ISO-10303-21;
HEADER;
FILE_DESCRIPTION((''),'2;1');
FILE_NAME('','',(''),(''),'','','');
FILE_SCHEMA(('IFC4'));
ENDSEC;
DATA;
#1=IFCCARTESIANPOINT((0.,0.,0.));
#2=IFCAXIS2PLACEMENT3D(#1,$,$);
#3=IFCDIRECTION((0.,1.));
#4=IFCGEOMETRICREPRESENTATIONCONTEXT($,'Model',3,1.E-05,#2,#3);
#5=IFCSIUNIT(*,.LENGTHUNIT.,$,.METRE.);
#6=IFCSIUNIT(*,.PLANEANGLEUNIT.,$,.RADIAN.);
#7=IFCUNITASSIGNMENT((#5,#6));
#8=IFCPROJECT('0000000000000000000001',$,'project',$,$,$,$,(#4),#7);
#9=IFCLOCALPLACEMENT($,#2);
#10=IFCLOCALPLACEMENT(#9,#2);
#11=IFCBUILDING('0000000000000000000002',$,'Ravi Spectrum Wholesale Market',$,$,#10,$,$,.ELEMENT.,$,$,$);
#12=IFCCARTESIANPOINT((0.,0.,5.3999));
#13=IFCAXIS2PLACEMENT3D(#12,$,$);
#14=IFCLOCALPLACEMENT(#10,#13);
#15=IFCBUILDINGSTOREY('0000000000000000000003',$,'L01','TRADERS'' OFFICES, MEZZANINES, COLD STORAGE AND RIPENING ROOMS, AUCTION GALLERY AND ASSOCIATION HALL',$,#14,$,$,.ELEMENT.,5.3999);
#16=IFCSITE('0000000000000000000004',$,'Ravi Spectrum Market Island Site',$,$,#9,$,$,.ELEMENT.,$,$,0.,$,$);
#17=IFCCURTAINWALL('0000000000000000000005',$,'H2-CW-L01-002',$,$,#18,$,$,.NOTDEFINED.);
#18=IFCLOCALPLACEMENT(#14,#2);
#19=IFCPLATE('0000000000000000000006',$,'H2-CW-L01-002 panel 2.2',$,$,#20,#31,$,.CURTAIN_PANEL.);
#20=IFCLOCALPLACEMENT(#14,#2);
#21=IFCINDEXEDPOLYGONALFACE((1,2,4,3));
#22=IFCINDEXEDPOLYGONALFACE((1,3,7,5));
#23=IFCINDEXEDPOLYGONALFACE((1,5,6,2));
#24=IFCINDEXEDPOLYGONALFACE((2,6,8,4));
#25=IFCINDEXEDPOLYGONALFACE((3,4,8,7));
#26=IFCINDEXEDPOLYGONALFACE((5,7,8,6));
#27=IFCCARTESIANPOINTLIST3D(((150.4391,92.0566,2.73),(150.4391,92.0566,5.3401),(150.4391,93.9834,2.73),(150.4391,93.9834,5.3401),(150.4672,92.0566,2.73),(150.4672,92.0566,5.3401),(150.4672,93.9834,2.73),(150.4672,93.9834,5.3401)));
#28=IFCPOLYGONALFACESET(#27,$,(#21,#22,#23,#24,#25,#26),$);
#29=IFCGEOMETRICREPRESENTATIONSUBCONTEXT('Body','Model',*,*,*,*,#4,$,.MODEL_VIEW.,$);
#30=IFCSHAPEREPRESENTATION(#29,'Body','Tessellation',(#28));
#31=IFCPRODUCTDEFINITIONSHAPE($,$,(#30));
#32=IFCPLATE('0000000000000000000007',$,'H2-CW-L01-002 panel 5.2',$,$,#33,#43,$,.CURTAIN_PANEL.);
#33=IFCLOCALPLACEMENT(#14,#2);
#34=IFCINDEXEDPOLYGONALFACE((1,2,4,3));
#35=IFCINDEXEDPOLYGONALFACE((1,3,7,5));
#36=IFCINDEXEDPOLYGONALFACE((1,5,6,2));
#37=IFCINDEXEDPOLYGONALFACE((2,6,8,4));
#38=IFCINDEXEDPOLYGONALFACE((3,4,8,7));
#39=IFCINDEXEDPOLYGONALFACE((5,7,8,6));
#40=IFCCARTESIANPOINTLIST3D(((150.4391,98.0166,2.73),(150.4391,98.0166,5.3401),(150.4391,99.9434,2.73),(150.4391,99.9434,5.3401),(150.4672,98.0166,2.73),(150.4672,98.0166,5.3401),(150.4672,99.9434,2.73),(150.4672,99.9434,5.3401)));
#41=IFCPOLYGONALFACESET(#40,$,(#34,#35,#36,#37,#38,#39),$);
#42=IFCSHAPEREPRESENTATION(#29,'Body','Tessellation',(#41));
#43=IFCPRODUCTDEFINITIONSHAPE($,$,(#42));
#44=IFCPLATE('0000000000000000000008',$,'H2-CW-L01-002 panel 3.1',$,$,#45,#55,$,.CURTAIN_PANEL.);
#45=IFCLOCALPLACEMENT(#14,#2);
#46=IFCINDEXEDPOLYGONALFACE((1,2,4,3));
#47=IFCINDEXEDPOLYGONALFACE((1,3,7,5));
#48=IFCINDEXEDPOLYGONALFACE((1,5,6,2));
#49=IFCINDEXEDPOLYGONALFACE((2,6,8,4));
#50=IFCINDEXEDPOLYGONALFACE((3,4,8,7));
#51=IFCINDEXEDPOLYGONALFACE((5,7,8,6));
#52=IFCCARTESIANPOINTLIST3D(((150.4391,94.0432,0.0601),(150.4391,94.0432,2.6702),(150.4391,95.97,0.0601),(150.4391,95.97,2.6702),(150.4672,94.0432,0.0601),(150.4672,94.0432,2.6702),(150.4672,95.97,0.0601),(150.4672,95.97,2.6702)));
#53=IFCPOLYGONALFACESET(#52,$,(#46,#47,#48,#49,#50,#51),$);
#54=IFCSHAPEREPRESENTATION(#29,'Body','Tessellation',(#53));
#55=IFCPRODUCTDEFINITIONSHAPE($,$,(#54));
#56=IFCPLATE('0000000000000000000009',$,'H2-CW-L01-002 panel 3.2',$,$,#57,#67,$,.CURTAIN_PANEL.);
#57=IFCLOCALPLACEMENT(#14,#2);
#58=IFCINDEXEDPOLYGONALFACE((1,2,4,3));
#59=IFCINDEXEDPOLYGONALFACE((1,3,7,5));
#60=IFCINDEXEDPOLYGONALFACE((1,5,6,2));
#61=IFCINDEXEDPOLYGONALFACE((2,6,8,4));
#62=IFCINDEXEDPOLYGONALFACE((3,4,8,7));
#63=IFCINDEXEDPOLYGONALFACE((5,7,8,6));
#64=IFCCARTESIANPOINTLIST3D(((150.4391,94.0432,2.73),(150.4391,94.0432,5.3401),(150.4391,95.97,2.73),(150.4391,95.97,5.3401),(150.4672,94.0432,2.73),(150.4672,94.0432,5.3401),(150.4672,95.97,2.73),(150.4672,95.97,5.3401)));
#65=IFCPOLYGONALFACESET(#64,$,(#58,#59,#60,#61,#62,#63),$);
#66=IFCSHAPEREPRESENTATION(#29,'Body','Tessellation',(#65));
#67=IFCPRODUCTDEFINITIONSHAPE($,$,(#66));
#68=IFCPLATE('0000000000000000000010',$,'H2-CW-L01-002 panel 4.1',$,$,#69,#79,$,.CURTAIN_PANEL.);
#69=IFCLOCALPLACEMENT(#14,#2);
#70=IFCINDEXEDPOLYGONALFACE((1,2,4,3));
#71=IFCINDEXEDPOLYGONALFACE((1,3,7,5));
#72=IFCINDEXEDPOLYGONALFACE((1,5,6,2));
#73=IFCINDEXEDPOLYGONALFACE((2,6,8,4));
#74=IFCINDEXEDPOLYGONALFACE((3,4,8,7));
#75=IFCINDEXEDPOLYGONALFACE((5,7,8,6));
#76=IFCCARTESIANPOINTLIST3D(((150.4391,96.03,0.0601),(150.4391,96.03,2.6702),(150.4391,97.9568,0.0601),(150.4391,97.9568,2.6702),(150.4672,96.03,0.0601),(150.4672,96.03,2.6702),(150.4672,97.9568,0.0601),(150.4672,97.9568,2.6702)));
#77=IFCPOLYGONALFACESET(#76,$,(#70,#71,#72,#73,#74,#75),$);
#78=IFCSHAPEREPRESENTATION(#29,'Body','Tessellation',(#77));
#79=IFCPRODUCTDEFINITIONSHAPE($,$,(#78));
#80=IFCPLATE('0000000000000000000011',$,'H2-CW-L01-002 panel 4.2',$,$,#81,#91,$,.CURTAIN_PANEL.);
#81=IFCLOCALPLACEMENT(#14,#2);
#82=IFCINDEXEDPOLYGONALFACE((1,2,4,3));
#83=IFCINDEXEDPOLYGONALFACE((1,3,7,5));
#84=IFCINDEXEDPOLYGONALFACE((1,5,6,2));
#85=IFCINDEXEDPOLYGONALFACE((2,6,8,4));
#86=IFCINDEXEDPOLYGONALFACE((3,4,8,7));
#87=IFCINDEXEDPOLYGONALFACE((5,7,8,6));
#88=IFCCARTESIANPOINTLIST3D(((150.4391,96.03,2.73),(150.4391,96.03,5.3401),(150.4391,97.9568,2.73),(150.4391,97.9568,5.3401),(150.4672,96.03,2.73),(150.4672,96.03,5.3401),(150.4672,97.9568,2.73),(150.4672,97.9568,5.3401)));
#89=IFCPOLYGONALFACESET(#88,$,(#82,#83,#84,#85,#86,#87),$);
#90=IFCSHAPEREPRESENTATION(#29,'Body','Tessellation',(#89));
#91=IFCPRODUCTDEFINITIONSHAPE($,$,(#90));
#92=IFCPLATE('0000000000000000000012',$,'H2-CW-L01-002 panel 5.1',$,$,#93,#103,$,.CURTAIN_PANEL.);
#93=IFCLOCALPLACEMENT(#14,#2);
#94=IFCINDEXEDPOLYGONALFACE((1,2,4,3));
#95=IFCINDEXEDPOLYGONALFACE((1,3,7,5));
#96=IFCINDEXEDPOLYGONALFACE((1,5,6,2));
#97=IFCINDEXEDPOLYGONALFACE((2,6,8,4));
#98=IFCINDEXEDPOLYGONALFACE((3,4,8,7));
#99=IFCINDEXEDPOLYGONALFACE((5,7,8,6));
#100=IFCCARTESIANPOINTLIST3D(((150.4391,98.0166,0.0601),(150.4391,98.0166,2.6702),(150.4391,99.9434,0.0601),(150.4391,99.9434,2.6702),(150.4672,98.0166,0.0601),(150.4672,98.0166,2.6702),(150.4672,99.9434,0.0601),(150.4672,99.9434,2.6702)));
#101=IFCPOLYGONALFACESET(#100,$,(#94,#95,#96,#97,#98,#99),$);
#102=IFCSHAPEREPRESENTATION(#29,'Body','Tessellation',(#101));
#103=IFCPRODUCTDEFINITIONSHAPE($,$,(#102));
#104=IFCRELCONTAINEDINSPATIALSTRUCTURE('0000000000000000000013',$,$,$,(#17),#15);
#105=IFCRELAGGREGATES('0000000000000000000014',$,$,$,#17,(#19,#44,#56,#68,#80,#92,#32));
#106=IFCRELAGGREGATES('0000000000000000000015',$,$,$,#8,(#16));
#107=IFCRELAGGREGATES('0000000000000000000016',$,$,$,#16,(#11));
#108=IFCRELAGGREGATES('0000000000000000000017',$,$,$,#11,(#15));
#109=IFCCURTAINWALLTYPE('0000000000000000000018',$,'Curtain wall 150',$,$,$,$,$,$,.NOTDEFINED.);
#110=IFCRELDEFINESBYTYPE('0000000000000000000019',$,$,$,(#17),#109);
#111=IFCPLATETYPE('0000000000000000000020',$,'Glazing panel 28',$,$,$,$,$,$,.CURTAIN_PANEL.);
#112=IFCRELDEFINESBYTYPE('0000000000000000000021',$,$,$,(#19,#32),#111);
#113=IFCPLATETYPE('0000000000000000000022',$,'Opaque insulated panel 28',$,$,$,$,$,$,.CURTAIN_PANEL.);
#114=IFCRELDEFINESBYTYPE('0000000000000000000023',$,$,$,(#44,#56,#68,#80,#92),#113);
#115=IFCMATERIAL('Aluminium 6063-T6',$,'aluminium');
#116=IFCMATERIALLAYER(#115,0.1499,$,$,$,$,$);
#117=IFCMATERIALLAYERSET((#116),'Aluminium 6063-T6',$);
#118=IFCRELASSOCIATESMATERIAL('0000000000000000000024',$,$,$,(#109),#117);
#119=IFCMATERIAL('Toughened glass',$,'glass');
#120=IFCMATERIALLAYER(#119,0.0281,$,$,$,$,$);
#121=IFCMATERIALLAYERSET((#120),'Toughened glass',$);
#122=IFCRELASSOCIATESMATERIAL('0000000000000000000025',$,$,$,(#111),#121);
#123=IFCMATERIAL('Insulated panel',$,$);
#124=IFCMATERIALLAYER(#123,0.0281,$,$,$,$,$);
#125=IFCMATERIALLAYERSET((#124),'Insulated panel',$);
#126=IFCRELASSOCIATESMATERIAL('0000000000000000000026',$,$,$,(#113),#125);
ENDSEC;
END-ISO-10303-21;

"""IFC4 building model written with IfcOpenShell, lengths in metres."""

from ifc_helpers import new_model, si_unit, direction, frame, origin, origin_2d, place, context, subcontext, project, spatial, rectangle, extrude, material, layer, layer_set, type_object, element, aggregate, save


model = new_model("IFC4")

# Units and contexts
model_context = context("Model", 3, precision=1e-05, world=origin(), true_north=direction((0.0, 1.0)))
body_context = subcontext(model_context, "Body", "Model", "MODEL_VIEW")
ifc_project = project(units=[si_unit("LENGTHUNIT", "METRE"), si_unit("PLANEANGLEUNIT", "RADIAN")], contexts=[model_context])

# Site, building, storey
site_placement = place(None, origin())
site = spatial("IfcSite", under=ifc_project, at=site_placement, Name="Ravi Spectrum Market Island Site", CompositionType="ELEMENT", RefElevation=0.0)
building_placement = place(site_placement, origin())
building = spatial("IfcBuilding", under=site, at=building_placement, Name="Ravi Spectrum Wholesale Market", CompositionType="ELEMENT")
storey_placement = place(building_placement, frame((0.0, 0.0, 5.3999)))
storey = spatial("IfcBuildingStorey", under=building, at=storey_placement, Name="L01", Description="TRADERS' OFFICES, MEZZANINES, COLD STORAGE AND RIPENING ROOMS, AUCTION GALLERY AND ASSOCIATION HALL", CompositionType="ELEMENT", Elevation=5.3999)

# Curtain wall, plates
ifc_material_1 = material(Name="Aluminium 6063-T6", Category="aluminium")
ifc_layer_1 = layer(ifc_material_1, 0.1499)
ifc_layer_set_1 = layer_set([ifc_layer_1], Name="Aluminium 6063-T6")
curtain_wall_type = type_object("IfcCurtainWallType", Name="Curtain wall 150", PredefinedType="NOTDEFINED", material=ifc_layer_set_1)
curtain_wall_placement = place(storey_placement, origin())
curtain_wall = element("IfcCurtainWall", 1, at=curtain_wall_placement, inside=storey, type_object=curtain_wall_type, Name="H2-CW-L01-002", PredefinedType="NOTDEFINED")
ifc_material_2 = material(Name="Toughened glass", Category="glass")
ifc_layer_2 = layer(ifc_material_2, 0.0281)
ifc_layer_set_2 = layer_set([ifc_layer_2], Name="Toughened glass")
plate_type_1 = type_object("IfcPlateType", Name="Glazing panel 28", PredefinedType="CURTAIN_PANEL", material=ifc_layer_set_2)
plate_1_placement = place(storey_placement, frame((150.4531, 93.02, 2.73), z_axis=(0.0, 0.0, 1.0), x_axis=(0.0, 1.0, 0.0)))
plate_1 = element("IfcPlate", 2, at=plate_1_placement, type_object=plate_type_1, Name="H2-CW-L01-002 panel 2.2", PredefinedType="CURTAIN_PANEL", context=body_context, shape_type="SweptSolid", body=[
    extrude(rectangle(XDim=1.9268, YDim=0.0281, at=origin_2d()), origin(), (0.0, 0.0, 1.0), 2.6101),
])
plate_2_placement = place(storey_placement, frame((150.4531, 98.98, 2.73), z_axis=(0.0, 0.0, 1.0), x_axis=(0.0, 1.0, 0.0)))
plate_2 = element("IfcPlate", 3, at=plate_2_placement, type_object=plate_type_1, Name="H2-CW-L01-002 panel 5.2", PredefinedType="CURTAIN_PANEL", context=body_context, shape_type="SweptSolid", body=[
    extrude(rectangle(XDim=1.9268, YDim=0.0281, at=origin_2d()), origin(), (0.0, 0.0, 1.0), 2.6101),
])
ifc_material_3 = material(Name="Insulated panel")
ifc_layer_3 = layer(ifc_material_3, 0.0281)
ifc_layer_set_3 = layer_set([ifc_layer_3], Name="Insulated panel")
plate_type_2 = type_object("IfcPlateType", Name="Opaque insulated panel 28", PredefinedType="CURTAIN_PANEL", material=ifc_layer_set_3)
plate_3_placement = place(storey_placement, frame((150.4531, 95.0066, 0.0601), z_axis=(0.0, 0.0, 1.0), x_axis=(0.0, 1.0, 0.0)))
plate_3 = element("IfcPlate", 4, at=plate_3_placement, type_object=plate_type_2, Name="H2-CW-L01-002 panel 3.1", PredefinedType="CURTAIN_PANEL", context=body_context, shape_type="SweptSolid", body=[
    extrude(rectangle(XDim=1.9268, YDim=0.0281, at=origin_2d()), origin(), (0.0, 0.0, 1.0), 2.6101),
])
plate_4_placement = place(storey_placement, frame((150.4531, 95.0066, 2.73), z_axis=(0.0, 0.0, 1.0), x_axis=(0.0, 1.0, 0.0)))
plate_4 = element("IfcPlate", 5, at=plate_4_placement, type_object=plate_type_2, Name="H2-CW-L01-002 panel 3.2", PredefinedType="CURTAIN_PANEL", context=body_context, shape_type="SweptSolid", body=[
    extrude(rectangle(XDim=1.9268, YDim=0.0281, at=origin_2d()), origin(), (0.0, 0.0, 1.0), 2.6101),
])
plate_5_placement = place(storey_placement, frame((150.4531, 96.9934, 0.0601), z_axis=(0.0, 0.0, 1.0), x_axis=(0.0, 1.0, 0.0)))
plate_5 = element("IfcPlate", 6, at=plate_5_placement, type_object=plate_type_2, Name="H2-CW-L01-002 panel 4.1", PredefinedType="CURTAIN_PANEL", context=body_context, shape_type="SweptSolid", body=[
    extrude(rectangle(XDim=1.9268, YDim=0.0281, at=origin_2d()), origin(), (0.0, 0.0, 1.0), 2.6101),
])
plate_6_placement = place(storey_placement, frame((150.4531, 96.9934, 2.73), z_axis=(0.0, 0.0, 1.0), x_axis=(0.0, 1.0, 0.0)))
plate_6 = element("IfcPlate", 7, at=plate_6_placement, type_object=plate_type_2, Name="H2-CW-L01-002 panel 4.2", PredefinedType="CURTAIN_PANEL", context=body_context, shape_type="SweptSolid", body=[
    extrude(rectangle(XDim=1.9268, YDim=0.0281, at=origin_2d()), origin(), (0.0, 0.0, 1.0), 2.6101),
])
plate_7_placement = place(storey_placement, frame((150.4531, 98.98, 0.0601), z_axis=(0.0, 0.0, 1.0), x_axis=(0.0, 1.0, 0.0)))
plate_7 = element("IfcPlate", 8, at=plate_7_placement, type_object=plate_type_2, Name="H2-CW-L01-002 panel 5.1", PredefinedType="CURTAIN_PANEL", context=body_context, shape_type="SweptSolid", body=[
    extrude(rectangle(XDim=1.9268, YDim=0.0281, at=origin_2d()), origin(), (0.0, 0.0, 1.0), 2.6101),
])
aggregate(curtain_wall, [plate_1, plate_3, plate_4, plate_5, plate_6, plate_7, plate_2])

save(model, "model.ifc")
